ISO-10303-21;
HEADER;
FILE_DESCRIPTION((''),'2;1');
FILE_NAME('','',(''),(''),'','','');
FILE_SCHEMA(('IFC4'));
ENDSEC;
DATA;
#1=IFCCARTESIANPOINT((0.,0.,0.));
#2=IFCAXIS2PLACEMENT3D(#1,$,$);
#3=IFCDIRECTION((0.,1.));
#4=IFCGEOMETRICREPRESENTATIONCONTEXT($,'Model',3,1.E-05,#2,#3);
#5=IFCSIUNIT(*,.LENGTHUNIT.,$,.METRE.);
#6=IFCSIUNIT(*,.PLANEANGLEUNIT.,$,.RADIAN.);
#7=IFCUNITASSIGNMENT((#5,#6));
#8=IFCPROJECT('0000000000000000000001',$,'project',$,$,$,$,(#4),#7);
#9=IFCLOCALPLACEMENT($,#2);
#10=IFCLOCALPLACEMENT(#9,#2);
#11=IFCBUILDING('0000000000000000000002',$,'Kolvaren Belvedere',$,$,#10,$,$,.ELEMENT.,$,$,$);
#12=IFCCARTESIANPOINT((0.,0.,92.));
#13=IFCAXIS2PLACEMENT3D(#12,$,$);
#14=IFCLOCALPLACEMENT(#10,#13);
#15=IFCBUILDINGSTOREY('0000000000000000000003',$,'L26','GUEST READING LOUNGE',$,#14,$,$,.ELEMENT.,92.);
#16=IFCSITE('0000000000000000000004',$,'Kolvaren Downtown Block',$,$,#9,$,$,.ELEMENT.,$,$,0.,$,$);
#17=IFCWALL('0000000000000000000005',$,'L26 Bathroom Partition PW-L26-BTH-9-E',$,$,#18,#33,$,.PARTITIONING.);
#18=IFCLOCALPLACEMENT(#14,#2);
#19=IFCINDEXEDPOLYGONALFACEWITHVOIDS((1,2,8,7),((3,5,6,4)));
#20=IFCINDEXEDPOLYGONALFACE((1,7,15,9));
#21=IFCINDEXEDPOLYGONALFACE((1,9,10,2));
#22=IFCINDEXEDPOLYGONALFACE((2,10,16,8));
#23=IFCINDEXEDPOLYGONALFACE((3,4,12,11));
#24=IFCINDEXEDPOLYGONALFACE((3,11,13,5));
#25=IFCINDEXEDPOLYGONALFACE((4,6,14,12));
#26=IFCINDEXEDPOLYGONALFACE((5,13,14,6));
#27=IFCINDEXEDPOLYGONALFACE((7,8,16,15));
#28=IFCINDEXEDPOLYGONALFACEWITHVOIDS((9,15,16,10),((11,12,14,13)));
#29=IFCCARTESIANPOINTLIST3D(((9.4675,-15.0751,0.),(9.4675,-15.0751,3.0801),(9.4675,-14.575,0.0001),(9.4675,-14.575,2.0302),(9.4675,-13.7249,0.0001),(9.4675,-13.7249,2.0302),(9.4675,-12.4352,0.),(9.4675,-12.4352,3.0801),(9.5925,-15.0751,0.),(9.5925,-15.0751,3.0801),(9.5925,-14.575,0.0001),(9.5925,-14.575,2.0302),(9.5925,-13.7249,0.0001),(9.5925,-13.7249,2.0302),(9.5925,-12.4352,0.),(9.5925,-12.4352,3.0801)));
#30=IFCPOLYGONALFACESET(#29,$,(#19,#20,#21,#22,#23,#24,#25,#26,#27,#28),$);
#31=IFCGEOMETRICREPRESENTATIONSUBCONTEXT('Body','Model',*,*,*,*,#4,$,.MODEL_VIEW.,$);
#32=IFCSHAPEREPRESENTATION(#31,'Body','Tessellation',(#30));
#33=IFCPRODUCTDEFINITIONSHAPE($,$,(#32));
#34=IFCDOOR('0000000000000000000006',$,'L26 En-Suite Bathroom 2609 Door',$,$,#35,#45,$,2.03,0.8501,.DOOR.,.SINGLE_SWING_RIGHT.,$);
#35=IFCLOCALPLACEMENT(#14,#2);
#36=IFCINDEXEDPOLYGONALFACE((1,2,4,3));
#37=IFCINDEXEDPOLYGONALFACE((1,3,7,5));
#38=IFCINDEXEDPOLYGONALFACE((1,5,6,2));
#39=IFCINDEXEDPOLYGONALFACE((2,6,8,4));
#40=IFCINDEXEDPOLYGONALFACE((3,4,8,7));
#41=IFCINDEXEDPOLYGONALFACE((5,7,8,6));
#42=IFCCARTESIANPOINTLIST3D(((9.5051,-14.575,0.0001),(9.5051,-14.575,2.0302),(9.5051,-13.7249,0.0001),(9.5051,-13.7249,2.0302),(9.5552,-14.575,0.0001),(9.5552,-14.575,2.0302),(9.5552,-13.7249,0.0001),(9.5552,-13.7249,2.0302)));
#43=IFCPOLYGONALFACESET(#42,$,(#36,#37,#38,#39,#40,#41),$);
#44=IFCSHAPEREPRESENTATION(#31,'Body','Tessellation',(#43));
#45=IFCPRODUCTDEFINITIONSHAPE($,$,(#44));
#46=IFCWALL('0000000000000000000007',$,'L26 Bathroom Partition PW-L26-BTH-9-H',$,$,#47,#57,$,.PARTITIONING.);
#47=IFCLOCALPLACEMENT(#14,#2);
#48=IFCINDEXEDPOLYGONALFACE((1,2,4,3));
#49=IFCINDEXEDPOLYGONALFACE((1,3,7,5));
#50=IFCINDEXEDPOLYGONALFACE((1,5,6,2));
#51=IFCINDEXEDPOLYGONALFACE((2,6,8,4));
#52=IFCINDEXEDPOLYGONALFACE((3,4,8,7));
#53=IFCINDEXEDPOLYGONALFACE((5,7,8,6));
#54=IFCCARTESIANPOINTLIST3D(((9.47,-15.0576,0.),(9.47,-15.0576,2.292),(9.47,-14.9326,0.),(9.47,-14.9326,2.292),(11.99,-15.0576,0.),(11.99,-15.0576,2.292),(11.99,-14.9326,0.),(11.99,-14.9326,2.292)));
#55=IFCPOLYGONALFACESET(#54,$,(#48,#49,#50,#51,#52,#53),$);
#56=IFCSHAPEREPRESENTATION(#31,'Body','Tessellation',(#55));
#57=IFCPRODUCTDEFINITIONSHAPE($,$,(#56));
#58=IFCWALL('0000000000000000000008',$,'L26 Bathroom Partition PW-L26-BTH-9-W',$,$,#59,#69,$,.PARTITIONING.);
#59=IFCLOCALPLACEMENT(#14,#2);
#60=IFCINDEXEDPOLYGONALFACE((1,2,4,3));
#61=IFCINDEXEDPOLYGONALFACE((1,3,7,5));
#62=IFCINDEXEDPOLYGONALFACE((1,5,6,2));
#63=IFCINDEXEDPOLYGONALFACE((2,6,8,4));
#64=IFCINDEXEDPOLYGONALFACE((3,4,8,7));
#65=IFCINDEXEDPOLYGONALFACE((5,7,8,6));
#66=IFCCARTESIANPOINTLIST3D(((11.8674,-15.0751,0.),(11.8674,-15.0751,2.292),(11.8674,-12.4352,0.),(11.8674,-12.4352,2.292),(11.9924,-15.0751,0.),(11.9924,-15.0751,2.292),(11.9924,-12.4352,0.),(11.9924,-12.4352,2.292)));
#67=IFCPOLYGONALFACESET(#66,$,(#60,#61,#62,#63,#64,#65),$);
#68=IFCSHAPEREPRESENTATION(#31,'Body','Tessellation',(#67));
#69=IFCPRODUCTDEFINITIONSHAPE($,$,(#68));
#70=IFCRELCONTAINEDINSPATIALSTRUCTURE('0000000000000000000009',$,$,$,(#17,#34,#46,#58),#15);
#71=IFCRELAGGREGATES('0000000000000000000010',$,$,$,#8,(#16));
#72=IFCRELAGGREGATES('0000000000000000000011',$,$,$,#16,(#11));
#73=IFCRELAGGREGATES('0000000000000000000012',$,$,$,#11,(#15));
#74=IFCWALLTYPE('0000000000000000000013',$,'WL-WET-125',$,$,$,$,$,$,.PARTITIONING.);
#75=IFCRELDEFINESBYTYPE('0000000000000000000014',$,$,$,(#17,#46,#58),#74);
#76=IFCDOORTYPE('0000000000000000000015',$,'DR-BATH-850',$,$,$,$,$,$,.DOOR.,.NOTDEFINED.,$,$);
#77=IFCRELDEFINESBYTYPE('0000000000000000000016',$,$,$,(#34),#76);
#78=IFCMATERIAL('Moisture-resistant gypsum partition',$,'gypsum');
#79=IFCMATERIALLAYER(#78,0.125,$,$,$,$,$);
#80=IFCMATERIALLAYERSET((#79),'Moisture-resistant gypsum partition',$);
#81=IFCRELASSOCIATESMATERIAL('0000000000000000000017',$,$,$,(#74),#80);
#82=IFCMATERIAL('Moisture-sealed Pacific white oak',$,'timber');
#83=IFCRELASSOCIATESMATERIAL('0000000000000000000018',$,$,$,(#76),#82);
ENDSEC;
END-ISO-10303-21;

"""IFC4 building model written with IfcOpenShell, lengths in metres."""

from ifc_helpers import new_model, si_unit, direction, frame, frame_2d, origin, place, context, subcontext, project, spatial, rectangle, extrude, material, layer, layer_set, type_object, element, fill, save


model = new_model("IFC4")

# Units and contexts
model_context = context("Model", 3, precision=1e-05, world=origin(), true_north=direction((0.0, 1.0)))
body_context = subcontext(model_context, "Body", "Model", "MODEL_VIEW")
ifc_project = project(units=[si_unit("LENGTHUNIT", "METRE"), si_unit("PLANEANGLEUNIT", "RADIAN")], contexts=[model_context])

# Site, building, storey
site_placement = place(None, origin())
site = spatial("IfcSite", under=ifc_project, at=site_placement, Name="Kolvaren Downtown Block", CompositionType="ELEMENT", RefElevation=0.0)
building_placement = place(site_placement, origin())
building = spatial("IfcBuilding", under=site, at=building_placement, Name="Kolvaren Belvedere", CompositionType="ELEMENT")
storey_placement = place(building_placement, frame((0.0, 0.0, 92.0)))
storey = spatial("IfcBuildingStorey", under=building, at=storey_placement, Name="L26", Description="GUEST READING LOUNGE", CompositionType="ELEMENT", Elevation=92.0)

# Wall, opening, door
ifc_material_1 = material(Name="Moisture-resistant gypsum partition", Category="gypsum")
ifc_layer_1 = layer(ifc_material_1, 0.125)
ifc_layer_set_1 = layer_set([ifc_layer_1], Name="Moisture-resistant gypsum partition")
wall_type_1 = type_object("IfcWallType", Name="WL-WET-125", PredefinedType="PARTITIONING", material=ifc_layer_set_1)
wall_1_placement = place(storey_placement, frame((9.53, -15.075, 0.0), z_axis=(0.0, 0.0, 1.0), x_axis=(0.0, 1.0, 0.0)))
wall_1 = element("IfcWall", 1, at=wall_1_placement, inside=storey, type_object=wall_type_1, Name="L26 Bathroom Partition PW-L26-BTH-9-E", PredefinedType="PARTITIONING", context=body_context, shape_type="SweptSolid", body=[
    extrude(rectangle(XDim=2.6399, YDim=0.125, at=frame_2d((1.3198, 0.0))), origin(), (0.0, 0.0, 1.0), 3.0801),
])
opening_1_placement = place(wall_1_placement, frame((0.5, 0.0, 0.0)))
opening_1 = element("IfcOpeningElement", 2, at=opening_1_placement, cuts=wall_1, PredefinedType="OPENING", context=body_context, shape_type="SweptSolid", body=[
    extrude(rectangle(XDim=0.8501, YDim=2.03, at=frame_2d((0.425, 1.0151))), frame((0.0, 0.0725, 0.0), z_axis=(0.0, -1.0, 0.0), x_axis=(1.0, 0.0, 0.0)), (0.0, 0.0, 1.0), 0.145),
])
ifc_material_2 = material(Name="Moisture-sealed Pacific white oak", Category="timber")
door_type_1 = type_object("IfcDoorType", Name="DR-BATH-850", OperationType="NOTDEFINED", PredefinedType="DOOR", material=ifc_material_2)
door_1_placement = place(opening_1_placement, origin())
door_1 = element("IfcDoor", 3, at=door_1_placement, inside=storey, type_object=door_type_1, Name="L26 En-Suite Bathroom 2609 Door", OperationType="SINGLE_SWING_RIGHT", OverallHeight=2.03, OverallWidth=0.8501, PredefinedType="DOOR", context=body_context, shape_type="SweptSolid", body=[
    extrude(rectangle(XDim=0.8501, YDim=2.03, at=frame_2d((0.425, 1.0151))), frame((0.0, 0.0249, 0.0), z_axis=(0.0, -1.0, 0.0), x_axis=(1.0, 0.0, 0.0)), (0.0, 0.0, 1.0), 0.05),
])
fill(opening_1, door_1)

# Walls
wall_2_placement = place(storey_placement, frame((9.47, -14.9951, 0.0), z_axis=(0.0, 0.0, 1.0), x_axis=(1.0, 0.0, 0.0)))
element("IfcWall", 4, at=wall_2_placement, inside=storey, type_object=wall_type_1, Name="L26 Bathroom Partition PW-L26-BTH-9-H", PredefinedType="PARTITIONING", context=body_context, shape_type="SweptSolid", body=[
    extrude(rectangle(XDim=2.52, YDim=0.125, at=frame_2d((1.26, 0.0))), origin(), (0.0, 0.0, 1.0), 2.292),
])
wall_3_placement = place(storey_placement, frame((11.9299, -15.075, 0.0), z_axis=(0.0, 0.0, 1.0), x_axis=(0.0, 1.0, 0.0)))
element("IfcWall", 5, at=wall_3_placement, inside=storey, type_object=wall_type_1, Name="L26 Bathroom Partition PW-L26-BTH-9-W", PredefinedType="PARTITIONING", context=body_context, shape_type="SweptSolid", body=[
    extrude(rectangle(XDim=2.6399, YDim=0.125, at=frame_2d((1.3198, 0.0))), origin(), (0.0, 0.0, 1.0), 2.292),
])

save(model, "model.ifc")
